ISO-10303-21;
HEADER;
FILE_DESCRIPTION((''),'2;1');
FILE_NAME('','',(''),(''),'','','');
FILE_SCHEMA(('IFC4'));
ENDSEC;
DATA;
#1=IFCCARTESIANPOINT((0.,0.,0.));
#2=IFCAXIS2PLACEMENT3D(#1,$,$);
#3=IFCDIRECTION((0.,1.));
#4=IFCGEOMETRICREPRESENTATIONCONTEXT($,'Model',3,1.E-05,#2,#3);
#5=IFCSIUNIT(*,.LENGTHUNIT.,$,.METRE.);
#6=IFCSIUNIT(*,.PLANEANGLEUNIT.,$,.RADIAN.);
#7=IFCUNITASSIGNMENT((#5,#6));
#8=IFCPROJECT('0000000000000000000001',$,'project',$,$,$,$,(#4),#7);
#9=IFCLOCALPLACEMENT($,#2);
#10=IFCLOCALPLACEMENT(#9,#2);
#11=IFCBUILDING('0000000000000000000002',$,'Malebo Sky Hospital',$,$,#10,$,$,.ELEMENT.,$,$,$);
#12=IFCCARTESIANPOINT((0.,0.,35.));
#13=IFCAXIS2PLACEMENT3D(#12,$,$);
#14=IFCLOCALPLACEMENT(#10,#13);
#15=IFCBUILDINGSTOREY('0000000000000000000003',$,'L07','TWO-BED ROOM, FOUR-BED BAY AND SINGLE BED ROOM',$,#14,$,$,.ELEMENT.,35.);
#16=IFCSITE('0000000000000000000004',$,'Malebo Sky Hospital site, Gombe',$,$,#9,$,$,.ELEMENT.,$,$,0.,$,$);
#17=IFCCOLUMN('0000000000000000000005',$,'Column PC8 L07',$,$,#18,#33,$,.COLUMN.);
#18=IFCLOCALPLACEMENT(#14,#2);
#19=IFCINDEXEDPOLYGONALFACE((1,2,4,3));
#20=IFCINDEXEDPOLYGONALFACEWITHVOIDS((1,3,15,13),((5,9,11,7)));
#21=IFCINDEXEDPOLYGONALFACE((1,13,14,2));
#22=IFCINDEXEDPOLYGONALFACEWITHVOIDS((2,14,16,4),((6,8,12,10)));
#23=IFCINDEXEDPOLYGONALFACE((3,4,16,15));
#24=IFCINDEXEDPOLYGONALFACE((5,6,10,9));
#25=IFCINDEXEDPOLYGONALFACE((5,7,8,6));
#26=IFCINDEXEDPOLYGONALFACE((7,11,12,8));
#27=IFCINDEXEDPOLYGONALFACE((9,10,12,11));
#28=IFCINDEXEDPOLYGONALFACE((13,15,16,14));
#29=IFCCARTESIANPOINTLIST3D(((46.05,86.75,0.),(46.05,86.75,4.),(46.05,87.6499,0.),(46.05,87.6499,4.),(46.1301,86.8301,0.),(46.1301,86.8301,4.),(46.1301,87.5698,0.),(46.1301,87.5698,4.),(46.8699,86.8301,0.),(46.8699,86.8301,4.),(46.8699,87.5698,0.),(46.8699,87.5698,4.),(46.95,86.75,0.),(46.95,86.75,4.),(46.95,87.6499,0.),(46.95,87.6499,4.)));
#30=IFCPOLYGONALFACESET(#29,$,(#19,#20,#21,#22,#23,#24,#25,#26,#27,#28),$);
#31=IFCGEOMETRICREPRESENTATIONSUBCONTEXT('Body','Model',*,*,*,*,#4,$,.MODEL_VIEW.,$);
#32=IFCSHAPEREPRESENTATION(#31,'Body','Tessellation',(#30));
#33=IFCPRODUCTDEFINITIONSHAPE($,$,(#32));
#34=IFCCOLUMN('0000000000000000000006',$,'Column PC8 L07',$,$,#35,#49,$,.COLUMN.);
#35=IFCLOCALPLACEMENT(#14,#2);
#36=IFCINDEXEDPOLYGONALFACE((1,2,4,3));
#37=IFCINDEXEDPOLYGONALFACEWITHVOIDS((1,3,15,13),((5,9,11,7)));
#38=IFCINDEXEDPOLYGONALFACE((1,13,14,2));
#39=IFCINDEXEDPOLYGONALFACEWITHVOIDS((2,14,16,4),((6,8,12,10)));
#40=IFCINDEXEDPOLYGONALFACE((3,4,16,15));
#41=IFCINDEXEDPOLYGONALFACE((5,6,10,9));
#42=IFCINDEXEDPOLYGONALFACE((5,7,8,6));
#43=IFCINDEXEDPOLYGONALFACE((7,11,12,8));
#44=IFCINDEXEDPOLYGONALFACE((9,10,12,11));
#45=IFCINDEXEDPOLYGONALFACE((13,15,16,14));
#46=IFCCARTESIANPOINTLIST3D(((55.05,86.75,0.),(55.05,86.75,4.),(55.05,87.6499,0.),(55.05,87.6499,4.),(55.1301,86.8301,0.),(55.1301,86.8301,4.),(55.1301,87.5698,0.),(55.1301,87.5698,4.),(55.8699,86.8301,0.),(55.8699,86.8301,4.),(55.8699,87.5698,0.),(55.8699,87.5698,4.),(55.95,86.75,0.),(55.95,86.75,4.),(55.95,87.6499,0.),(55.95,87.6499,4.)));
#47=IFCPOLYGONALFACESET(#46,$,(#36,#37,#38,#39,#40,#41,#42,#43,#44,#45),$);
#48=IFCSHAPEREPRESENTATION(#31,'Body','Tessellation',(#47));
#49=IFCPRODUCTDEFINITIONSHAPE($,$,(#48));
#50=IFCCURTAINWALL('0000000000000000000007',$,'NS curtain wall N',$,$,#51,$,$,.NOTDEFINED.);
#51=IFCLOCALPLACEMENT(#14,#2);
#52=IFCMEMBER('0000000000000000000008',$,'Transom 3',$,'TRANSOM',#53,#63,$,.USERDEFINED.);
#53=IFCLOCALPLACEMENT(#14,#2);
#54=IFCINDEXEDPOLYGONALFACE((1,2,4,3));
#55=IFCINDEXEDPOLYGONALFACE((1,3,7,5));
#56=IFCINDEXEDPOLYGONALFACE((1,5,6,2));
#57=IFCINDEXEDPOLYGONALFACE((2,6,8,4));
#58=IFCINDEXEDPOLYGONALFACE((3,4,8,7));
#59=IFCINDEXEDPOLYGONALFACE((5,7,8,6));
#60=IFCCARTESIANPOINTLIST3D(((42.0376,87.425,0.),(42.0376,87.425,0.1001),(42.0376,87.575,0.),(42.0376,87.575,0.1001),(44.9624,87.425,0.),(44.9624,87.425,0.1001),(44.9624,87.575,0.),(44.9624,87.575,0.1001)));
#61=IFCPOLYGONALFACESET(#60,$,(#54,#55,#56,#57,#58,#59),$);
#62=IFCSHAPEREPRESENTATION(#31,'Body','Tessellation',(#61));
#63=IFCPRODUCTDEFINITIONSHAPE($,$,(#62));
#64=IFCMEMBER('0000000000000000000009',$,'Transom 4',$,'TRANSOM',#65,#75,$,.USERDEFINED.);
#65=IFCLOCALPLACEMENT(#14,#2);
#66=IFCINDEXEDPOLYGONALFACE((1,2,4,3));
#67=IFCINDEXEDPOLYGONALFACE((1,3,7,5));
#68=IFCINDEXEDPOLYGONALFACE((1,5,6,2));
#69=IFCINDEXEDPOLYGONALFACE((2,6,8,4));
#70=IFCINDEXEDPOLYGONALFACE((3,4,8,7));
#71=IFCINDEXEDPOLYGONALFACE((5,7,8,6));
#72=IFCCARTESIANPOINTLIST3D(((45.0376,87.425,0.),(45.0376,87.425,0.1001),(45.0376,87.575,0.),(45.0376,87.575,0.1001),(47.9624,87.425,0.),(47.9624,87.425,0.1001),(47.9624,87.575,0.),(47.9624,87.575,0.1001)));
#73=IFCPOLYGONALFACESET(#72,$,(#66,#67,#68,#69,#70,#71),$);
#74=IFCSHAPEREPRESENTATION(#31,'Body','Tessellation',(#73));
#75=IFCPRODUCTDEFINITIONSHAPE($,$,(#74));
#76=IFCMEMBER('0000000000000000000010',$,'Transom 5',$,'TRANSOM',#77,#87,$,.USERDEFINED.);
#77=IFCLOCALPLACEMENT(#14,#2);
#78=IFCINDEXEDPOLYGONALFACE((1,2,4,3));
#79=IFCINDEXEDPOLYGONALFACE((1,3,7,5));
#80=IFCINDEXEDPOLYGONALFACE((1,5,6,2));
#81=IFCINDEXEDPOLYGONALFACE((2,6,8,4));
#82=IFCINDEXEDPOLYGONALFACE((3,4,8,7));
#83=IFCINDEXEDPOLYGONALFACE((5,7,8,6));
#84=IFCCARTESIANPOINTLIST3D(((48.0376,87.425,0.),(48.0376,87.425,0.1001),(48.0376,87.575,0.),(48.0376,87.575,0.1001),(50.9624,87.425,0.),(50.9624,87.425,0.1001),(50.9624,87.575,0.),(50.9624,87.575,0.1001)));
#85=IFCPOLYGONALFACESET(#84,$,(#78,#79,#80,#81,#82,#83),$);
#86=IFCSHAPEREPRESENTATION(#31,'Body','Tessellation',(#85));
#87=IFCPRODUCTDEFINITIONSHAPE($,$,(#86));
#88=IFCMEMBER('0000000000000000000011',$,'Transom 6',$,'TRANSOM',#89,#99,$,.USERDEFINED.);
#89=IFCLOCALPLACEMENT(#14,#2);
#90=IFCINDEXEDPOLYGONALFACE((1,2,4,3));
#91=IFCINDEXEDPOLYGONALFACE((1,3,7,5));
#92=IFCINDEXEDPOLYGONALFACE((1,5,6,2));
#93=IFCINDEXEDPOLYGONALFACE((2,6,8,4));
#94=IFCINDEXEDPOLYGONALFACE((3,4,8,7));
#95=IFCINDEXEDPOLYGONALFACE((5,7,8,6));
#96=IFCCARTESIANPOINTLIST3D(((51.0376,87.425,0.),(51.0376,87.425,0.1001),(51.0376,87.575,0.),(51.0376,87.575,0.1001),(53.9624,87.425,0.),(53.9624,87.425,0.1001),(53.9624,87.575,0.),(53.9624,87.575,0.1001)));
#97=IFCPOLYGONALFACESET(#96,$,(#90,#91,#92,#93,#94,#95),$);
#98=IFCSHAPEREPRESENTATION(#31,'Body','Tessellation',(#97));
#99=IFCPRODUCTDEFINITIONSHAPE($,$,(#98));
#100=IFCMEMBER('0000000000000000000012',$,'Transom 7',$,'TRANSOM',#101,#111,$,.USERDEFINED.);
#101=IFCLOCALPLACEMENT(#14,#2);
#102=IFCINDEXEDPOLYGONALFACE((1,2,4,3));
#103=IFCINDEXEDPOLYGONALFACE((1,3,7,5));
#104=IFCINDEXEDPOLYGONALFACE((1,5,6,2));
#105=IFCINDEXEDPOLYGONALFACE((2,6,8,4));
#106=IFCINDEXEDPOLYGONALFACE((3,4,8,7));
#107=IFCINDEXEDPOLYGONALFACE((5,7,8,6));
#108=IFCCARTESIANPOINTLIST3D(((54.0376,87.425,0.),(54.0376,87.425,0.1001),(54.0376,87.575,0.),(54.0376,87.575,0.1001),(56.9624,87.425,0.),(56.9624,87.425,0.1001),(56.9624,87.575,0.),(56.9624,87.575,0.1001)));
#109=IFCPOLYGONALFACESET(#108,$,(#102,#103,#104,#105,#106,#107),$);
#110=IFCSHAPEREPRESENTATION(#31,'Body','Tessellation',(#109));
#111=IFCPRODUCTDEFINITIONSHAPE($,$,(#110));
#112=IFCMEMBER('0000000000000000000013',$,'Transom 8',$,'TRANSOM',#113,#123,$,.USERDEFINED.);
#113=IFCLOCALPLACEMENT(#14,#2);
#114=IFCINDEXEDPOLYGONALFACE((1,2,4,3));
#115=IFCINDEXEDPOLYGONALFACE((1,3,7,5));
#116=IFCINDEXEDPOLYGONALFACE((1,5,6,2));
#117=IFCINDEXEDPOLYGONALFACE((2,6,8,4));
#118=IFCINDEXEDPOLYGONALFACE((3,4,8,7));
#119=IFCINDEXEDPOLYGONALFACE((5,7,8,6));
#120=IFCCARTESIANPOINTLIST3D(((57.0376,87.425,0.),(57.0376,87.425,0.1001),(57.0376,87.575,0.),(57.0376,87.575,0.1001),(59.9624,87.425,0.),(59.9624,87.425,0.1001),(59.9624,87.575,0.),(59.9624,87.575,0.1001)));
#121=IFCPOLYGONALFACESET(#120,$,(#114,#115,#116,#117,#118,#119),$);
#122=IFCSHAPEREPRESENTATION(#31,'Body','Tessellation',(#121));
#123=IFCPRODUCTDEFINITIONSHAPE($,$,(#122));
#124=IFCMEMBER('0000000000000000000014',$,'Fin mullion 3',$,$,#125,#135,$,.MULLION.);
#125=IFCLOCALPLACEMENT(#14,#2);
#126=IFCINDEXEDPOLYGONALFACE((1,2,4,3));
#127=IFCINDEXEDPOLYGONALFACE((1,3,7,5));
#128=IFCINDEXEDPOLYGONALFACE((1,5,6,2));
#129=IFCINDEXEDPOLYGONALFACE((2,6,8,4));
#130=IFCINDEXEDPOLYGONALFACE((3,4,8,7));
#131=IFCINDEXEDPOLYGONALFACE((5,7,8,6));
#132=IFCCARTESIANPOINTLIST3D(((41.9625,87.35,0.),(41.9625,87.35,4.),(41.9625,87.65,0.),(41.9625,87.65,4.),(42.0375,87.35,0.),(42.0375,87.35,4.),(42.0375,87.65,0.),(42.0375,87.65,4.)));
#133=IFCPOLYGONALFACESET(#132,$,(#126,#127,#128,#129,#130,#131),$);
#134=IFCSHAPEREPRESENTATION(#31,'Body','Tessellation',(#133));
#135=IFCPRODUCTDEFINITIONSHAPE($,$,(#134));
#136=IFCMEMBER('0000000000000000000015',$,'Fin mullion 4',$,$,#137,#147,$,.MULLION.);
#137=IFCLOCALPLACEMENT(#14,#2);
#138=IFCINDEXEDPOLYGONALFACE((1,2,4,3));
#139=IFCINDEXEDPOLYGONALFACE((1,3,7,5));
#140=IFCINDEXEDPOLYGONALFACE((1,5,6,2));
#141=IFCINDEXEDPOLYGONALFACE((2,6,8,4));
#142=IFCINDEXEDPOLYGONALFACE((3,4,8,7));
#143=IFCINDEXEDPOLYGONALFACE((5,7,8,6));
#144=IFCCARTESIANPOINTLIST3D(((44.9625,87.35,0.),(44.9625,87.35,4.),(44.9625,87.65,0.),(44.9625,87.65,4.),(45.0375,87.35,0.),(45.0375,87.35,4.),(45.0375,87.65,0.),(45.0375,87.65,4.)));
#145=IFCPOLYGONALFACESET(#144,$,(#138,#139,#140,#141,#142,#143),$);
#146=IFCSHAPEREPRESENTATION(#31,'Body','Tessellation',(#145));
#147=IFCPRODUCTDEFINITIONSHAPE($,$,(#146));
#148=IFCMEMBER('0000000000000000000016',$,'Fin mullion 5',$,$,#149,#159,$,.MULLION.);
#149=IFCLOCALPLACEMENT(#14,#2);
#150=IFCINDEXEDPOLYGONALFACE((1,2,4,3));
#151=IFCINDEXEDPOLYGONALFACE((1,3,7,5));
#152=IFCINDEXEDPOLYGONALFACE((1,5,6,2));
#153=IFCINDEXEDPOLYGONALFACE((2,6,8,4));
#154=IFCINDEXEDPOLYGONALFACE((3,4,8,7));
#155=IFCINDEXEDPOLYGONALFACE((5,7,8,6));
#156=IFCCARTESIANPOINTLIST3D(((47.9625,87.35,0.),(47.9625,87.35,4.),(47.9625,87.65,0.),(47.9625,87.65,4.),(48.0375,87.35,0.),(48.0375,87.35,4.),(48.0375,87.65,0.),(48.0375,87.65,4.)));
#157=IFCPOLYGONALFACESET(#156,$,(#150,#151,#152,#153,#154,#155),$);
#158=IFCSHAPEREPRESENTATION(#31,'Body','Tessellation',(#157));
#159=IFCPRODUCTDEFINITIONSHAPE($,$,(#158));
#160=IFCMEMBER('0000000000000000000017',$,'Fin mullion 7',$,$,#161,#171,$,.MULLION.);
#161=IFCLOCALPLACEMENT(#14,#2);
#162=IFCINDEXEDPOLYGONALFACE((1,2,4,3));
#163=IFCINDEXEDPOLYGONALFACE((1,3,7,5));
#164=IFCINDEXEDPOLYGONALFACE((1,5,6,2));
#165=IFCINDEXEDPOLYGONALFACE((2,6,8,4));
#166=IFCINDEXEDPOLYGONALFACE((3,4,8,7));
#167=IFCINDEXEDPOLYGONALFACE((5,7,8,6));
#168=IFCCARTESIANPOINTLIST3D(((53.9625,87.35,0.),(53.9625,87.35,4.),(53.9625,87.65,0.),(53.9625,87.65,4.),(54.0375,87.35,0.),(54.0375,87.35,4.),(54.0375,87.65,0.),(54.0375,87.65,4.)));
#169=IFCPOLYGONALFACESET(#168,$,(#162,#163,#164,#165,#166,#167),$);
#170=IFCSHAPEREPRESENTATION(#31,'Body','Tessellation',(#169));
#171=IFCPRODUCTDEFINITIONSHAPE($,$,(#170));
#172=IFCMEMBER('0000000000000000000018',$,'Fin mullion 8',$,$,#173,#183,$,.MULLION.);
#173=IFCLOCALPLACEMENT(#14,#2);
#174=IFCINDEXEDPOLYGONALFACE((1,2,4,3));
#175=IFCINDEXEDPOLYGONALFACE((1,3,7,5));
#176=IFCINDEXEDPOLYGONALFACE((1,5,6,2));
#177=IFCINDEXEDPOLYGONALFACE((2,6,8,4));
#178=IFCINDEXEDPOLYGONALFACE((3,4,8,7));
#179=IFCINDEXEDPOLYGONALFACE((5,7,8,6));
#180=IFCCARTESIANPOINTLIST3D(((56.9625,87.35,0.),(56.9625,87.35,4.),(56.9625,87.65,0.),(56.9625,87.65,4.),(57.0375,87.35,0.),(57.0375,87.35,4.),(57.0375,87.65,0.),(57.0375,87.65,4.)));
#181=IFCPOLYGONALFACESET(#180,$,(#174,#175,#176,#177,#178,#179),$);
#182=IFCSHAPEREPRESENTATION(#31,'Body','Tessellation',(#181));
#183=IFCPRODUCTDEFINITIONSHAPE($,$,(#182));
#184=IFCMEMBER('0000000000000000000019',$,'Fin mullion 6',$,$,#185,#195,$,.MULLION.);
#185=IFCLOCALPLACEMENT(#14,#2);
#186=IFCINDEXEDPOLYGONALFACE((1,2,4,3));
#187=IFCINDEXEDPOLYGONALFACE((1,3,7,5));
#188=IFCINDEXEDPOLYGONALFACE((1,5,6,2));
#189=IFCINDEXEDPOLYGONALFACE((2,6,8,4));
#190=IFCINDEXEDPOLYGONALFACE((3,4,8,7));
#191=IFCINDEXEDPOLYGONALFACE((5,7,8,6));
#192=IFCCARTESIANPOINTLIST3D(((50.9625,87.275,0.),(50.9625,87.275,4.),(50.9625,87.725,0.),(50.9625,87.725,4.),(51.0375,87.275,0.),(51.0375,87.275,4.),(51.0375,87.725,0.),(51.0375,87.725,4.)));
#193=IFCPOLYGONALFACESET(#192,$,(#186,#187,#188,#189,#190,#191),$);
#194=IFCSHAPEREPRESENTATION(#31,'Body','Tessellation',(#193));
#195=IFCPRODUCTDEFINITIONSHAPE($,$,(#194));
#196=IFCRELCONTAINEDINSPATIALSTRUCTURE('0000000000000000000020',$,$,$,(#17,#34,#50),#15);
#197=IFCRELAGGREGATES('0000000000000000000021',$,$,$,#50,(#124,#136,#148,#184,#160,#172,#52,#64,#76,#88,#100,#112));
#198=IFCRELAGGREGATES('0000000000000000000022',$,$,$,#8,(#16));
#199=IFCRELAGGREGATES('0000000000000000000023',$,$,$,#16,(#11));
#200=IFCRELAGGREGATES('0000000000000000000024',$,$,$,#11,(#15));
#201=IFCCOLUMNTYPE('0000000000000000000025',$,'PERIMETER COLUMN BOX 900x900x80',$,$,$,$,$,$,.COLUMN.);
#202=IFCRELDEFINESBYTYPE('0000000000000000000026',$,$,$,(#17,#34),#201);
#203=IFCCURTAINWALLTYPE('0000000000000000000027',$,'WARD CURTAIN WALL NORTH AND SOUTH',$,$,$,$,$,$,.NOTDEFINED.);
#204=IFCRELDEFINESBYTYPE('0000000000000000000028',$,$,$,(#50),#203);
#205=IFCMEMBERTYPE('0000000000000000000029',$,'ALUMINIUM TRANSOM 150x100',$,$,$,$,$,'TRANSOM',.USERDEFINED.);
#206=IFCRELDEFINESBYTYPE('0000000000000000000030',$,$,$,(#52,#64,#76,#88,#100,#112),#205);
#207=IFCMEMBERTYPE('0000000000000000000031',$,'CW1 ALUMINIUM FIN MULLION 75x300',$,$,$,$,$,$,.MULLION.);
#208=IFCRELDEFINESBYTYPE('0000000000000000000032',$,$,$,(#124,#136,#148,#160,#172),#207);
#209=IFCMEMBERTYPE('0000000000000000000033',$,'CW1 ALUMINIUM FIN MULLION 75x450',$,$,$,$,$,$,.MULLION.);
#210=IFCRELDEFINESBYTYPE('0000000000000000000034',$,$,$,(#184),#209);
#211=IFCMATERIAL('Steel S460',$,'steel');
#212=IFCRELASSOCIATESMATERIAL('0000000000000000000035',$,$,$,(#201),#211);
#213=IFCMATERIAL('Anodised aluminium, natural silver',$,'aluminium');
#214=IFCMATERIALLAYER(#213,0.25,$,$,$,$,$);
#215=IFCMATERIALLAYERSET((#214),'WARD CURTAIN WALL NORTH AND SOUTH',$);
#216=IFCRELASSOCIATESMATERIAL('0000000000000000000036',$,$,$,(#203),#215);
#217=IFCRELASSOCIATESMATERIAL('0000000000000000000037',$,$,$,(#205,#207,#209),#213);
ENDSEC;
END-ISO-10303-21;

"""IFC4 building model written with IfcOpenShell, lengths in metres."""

from ifc_helpers import new_model, si_unit, direction, frame, origin, origin_2d, place, context, subcontext, project, spatial, rectangle, hollow_rectangle, extrude, material, layer, layer_set, material_profile, profile_set, type_object, element, aggregate, save


model = new_model("IFC4")

# Units and contexts
model_context = context("Model", 3, precision=1e-05, world=origin(), true_north=direction((0.0, 1.0)))
body_context = subcontext(model_context, "Body", "Model", "MODEL_VIEW")
ifc_project = project(units=[si_unit("LENGTHUNIT", "METRE"), si_unit("PLANEANGLEUNIT", "RADIAN")], contexts=[model_context])

# Site, building, storey
site_placement = place(None, origin())
site = spatial("IfcSite", under=ifc_project, at=site_placement, Name="Malebo Sky Hospital site, Gombe", CompositionType="ELEMENT", RefElevation=0.0)
building_placement = place(site_placement, origin())
building = spatial("IfcBuilding", under=site, at=building_placement, Name="Malebo Sky Hospital", CompositionType="ELEMENT")
storey_placement = place(building_placement, frame((0.0, 0.0, 35.0)))
storey = spatial("IfcBuildingStorey", under=building, at=storey_placement, Name="L07", Description="TWO-BED ROOM, FOUR-BED BAY AND SINGLE BED ROOM", CompositionType="ELEMENT", Elevation=35.0)

# Columns
ifc_material_1 = material(Name="Steel S460", Category="steel")
ifc_material_profile_1 = material_profile(ifc_material_1, hollow_rectangle(XDim=0.8999, YDim=0.8999, WallThickness=0.0801, at=origin_2d()), Name="BOX 900x900x80")
ifc_profile_set_1 = profile_set([ifc_material_profile_1], Name="Steel S460")
column_type = type_object("IfcColumnType", Name="PERIMETER COLUMN BOX 900x900x80", PredefinedType="COLUMN", material=ifc_profile_set_1)
for number, where, z_axis, x_axis, name in (
    (1, (46.5, 87.2, 0.0), (0.0, 0.0, 1.0), (1.0, 0.0, 0.0), "Column PC8 L07"),
    (2, (55.5, 87.2, 0.0), (0.0, 0.0, 1.0), (1.0, 0.0, 0.0), "Column PC8 L07"),
):
    element("IfcColumn", number, at=place(storey_placement, frame(where, z_axis=z_axis, x_axis=x_axis)), inside=storey, type_object=column_type, Name=name, PredefinedType="COLUMN", context=body_context, shape_type="SweptSolid", body=[
        extrude(hollow_rectangle(XDim=0.8999, YDim=0.8999, WallThickness=0.0801, at=origin_2d()), origin(), (0.0, 0.0, 1.0), 4.0),
    ])

# Curtain wall, members
ifc_material_2 = material(Name="Anodised aluminium, natural silver", Category="aluminium")
ifc_layer_1 = layer(ifc_material_2, 0.25)
ifc_layer_set_1 = layer_set([ifc_layer_1], Name="WARD CURTAIN WALL NORTH AND SOUTH")
curtain_wall_type = type_object("IfcCurtainWallType", Name="WARD CURTAIN WALL NORTH AND SOUTH", PredefinedType="NOTDEFINED", material=ifc_layer_set_1)
curtain_wall_placement = place(storey_placement, origin())
curtain_wall = element("IfcCurtainWall", 3, at=curtain_wall_placement, inside=storey, type_object=curtain_wall_type, Name="NS curtain wall N", PredefinedType="NOTDEFINED")
ifc_material_profile_2 = material_profile(ifc_material_2, rectangle(XDim=0.1499, YDim=0.1001, at=origin_2d()), Name="ALUMINIUM TRANSOM 150x100")
ifc_profile_set_2 = profile_set([ifc_material_profile_2], Name="Anodised aluminium, natural silver")
member_type_1 = type_object("IfcMemberType", Name="ALUMINIUM TRANSOM 150x100", ElementType="TRANSOM", PredefinedType="USERDEFINED", material=ifc_profile_set_2)
member_1_placement = place(storey_placement, frame((42.0376, 87.5, 0.05), z_axis=(1.0, 0.0, 0.0), x_axis=(0.0, 1.0, 0.0)))
member_1 = element("IfcMember", 4, at=member_1_placement, type_object=member_type_1, Name="Transom 3", ObjectType="TRANSOM", PredefinedType="USERDEFINED", context=body_context, shape_type="SweptSolid", body=[
    extrude(rectangle(XDim=0.1499, YDim=0.1001, at=origin_2d()), origin(), (0.0, 0.0, 1.0), 2.9248),
])
member_2_placement = place(storey_placement, frame((45.0376, 87.5, 0.05), z_axis=(1.0, 0.0, 0.0), x_axis=(0.0, 1.0, 0.0)))
member_2 = element("IfcMember", 5, at=member_2_placement, type_object=member_type_1, Name="Transom 4", ObjectType="TRANSOM", PredefinedType="USERDEFINED", context=body_context, shape_type="SweptSolid", body=[
    extrude(rectangle(XDim=0.1499, YDim=0.1001, at=origin_2d()), origin(), (0.0, 0.0, 1.0), 2.9248),
])
member_3_placement = place(storey_placement, frame((48.0376, 87.5, 0.05), z_axis=(1.0, 0.0, 0.0), x_axis=(0.0, 1.0, 0.0)))
member_3 = element("IfcMember", 6, at=member_3_placement, type_object=member_type_1, Name="Transom 5", ObjectType="TRANSOM", PredefinedType="USERDEFINED", context=body_context, shape_type="SweptSolid", body=[
    extrude(rectangle(XDim=0.1499, YDim=0.1001, at=origin_2d()), origin(), (0.0, 0.0, 1.0), 2.9248),
])
member_4_placement = place(storey_placement, frame((51.0376, 87.5, 0.05), z_axis=(1.0, 0.0, 0.0), x_axis=(0.0, 1.0, 0.0)))
member_4 = element("IfcMember", 7, at=member_4_placement, type_object=member_type_1, Name="Transom 6", ObjectType="TRANSOM", PredefinedType="USERDEFINED", context=body_context, shape_type="SweptSolid", body=[
    extrude(rectangle(XDim=0.1499, YDim=0.1001, at=origin_2d()), origin(), (0.0, 0.0, 1.0), 2.9248),
])
member_5_placement = place(storey_placement, frame((54.0376, 87.5, 0.05), z_axis=(1.0, 0.0, 0.0), x_axis=(0.0, 1.0, 0.0)))
member_5 = element("IfcMember", 8, at=member_5_placement, type_object=member_type_1, Name="Transom 7", ObjectType="TRANSOM", PredefinedType="USERDEFINED", context=body_context, shape_type="SweptSolid", body=[
    extrude(rectangle(XDim=0.1499, YDim=0.1001, at=origin_2d()), origin(), (0.0, 0.0, 1.0), 2.9248),
])
member_6_placement = place(storey_placement, frame((57.0376, 87.5, 0.05), z_axis=(1.0, 0.0, 0.0), x_axis=(0.0, 1.0, 0.0)))
member_6 = element("IfcMember", 9, at=member_6_placement, type_object=member_type_1, Name="Transom 8", ObjectType="TRANSOM", PredefinedType="USERDEFINED", context=body_context, shape_type="SweptSolid", body=[
    extrude(rectangle(XDim=0.1499, YDim=0.1001, at=origin_2d()), origin(), (0.0, 0.0, 1.0), 2.9248),
])
ifc_material_profile_3 = material_profile(ifc_material_2, rectangle(XDim=0.075, YDim=0.3, at=origin_2d()), Name="CW1 ALUMINIUM FIN MULLION 75x300")
ifc_profile_set_3 = profile_set([ifc_material_profile_3], Name="Anodised aluminium, natural silver")
member_type_2 = type_object("IfcMemberType", Name="CW1 ALUMINIUM FIN MULLION 75x300", PredefinedType="MULLION", material=ifc_profile_set_3)
member_7_placement = place(storey_placement, frame((42.0, 87.5, 0.0), z_axis=(0.0, 0.0, 1.0), x_axis=(1.0, 0.0, 0.0)))
member_7 = element("IfcMember", 10, at=member_7_placement, type_object=member_type_2, Name="Fin mullion 3", PredefinedType="MULLION", context=body_context, shape_type="SweptSolid", body=[
    extrude(rectangle(XDim=0.075, YDim=0.3, at=origin_2d()), origin(), (0.0, 0.0, 1.0), 4.0),
])
member_8_placement = place(storey_placement, frame((45.0, 87.5, 0.0), z_axis=(0.0, 0.0, 1.0), x_axis=(1.0, 0.0, 0.0)))
member_8 = element("IfcMember", 11, at=member_8_placement, type_object=member_type_2, Name="Fin mullion 4", PredefinedType="MULLION", context=body_context, shape_type="SweptSolid", body=[
    extrude(rectangle(XDim=0.075, YDim=0.3, at=origin_2d()), origin(), (0.0, 0.0, 1.0), 4.0),
])
member_9_placement = place(storey_placement, frame((48.0, 87.5, 0.0), z_axis=(0.0, 0.0, 1.0), x_axis=(1.0, 0.0, 0.0)))
member_9 = element("IfcMember", 12, at=member_9_placement, type_object=member_type_2, Name="Fin mullion 5", PredefinedType="MULLION", context=body_context, shape_type="SweptSolid", body=[
    extrude(rectangle(XDim=0.075, YDim=0.3, at=origin_2d()), origin(), (0.0, 0.0, 1.0), 4.0),
])
member_10_placement = place(storey_placement, frame((54.0, 87.5, 0.0), z_axis=(0.0, 0.0, 1.0), x_axis=(1.0, 0.0, 0.0)))
member_10 = element("IfcMember", 13, at=member_10_placement, type_object=member_type_2, Name="Fin mullion 7", PredefinedType="MULLION", context=body_context, shape_type="SweptSolid", body=[
    extrude(rectangle(XDim=0.075, YDim=0.3, at=origin_2d()), origin(), (0.0, 0.0, 1.0), 4.0),
])
member_11_placement = place(storey_placement, frame((57.0, 87.5, 0.0), z_axis=(0.0, 0.0, 1.0), x_axis=(1.0, 0.0, 0.0)))
member_11 = element("IfcMember", 14, at=member_11_placement, type_object=member_type_2, Name="Fin mullion 8", PredefinedType="MULLION", context=body_context, shape_type="SweptSolid", body=[
    extrude(rectangle(XDim=0.075, YDim=0.3, at=origin_2d()), origin(), (0.0, 0.0, 1.0), 4.0),
])
ifc_material_profile_4 = material_profile(ifc_material_2, rectangle(XDim=0.075, YDim=0.45, at=origin_2d()), Name="CW1 ALUMINIUM FIN MULLION 75x450")
ifc_profile_set_4 = profile_set([ifc_material_profile_4], Name="Anodised aluminium, natural silver")
member_type_3 = type_object("IfcMemberType", Name="CW1 ALUMINIUM FIN MULLION 75x450", PredefinedType="MULLION", material=ifc_profile_set_4)
member_12_placement = place(storey_placement, frame((51.0, 87.5, 0.0), z_axis=(0.0, 0.0, 1.0), x_axis=(1.0, 0.0, 0.0)))
member_12 = element("IfcMember", 15, at=member_12_placement, type_object=member_type_3, Name="Fin mullion 6", PredefinedType="MULLION", context=body_context, shape_type="SweptSolid", body=[
    extrude(rectangle(XDim=0.075, YDim=0.45, at=origin_2d()), origin(), (0.0, 0.0, 1.0), 4.0),
])

aggregate(curtain_wall, [member_7, member_8, member_9, member_12, member_10, member_11, member_1, member_2, member_3, member_4, member_5, member_6])

save(model, "model.ifc")
